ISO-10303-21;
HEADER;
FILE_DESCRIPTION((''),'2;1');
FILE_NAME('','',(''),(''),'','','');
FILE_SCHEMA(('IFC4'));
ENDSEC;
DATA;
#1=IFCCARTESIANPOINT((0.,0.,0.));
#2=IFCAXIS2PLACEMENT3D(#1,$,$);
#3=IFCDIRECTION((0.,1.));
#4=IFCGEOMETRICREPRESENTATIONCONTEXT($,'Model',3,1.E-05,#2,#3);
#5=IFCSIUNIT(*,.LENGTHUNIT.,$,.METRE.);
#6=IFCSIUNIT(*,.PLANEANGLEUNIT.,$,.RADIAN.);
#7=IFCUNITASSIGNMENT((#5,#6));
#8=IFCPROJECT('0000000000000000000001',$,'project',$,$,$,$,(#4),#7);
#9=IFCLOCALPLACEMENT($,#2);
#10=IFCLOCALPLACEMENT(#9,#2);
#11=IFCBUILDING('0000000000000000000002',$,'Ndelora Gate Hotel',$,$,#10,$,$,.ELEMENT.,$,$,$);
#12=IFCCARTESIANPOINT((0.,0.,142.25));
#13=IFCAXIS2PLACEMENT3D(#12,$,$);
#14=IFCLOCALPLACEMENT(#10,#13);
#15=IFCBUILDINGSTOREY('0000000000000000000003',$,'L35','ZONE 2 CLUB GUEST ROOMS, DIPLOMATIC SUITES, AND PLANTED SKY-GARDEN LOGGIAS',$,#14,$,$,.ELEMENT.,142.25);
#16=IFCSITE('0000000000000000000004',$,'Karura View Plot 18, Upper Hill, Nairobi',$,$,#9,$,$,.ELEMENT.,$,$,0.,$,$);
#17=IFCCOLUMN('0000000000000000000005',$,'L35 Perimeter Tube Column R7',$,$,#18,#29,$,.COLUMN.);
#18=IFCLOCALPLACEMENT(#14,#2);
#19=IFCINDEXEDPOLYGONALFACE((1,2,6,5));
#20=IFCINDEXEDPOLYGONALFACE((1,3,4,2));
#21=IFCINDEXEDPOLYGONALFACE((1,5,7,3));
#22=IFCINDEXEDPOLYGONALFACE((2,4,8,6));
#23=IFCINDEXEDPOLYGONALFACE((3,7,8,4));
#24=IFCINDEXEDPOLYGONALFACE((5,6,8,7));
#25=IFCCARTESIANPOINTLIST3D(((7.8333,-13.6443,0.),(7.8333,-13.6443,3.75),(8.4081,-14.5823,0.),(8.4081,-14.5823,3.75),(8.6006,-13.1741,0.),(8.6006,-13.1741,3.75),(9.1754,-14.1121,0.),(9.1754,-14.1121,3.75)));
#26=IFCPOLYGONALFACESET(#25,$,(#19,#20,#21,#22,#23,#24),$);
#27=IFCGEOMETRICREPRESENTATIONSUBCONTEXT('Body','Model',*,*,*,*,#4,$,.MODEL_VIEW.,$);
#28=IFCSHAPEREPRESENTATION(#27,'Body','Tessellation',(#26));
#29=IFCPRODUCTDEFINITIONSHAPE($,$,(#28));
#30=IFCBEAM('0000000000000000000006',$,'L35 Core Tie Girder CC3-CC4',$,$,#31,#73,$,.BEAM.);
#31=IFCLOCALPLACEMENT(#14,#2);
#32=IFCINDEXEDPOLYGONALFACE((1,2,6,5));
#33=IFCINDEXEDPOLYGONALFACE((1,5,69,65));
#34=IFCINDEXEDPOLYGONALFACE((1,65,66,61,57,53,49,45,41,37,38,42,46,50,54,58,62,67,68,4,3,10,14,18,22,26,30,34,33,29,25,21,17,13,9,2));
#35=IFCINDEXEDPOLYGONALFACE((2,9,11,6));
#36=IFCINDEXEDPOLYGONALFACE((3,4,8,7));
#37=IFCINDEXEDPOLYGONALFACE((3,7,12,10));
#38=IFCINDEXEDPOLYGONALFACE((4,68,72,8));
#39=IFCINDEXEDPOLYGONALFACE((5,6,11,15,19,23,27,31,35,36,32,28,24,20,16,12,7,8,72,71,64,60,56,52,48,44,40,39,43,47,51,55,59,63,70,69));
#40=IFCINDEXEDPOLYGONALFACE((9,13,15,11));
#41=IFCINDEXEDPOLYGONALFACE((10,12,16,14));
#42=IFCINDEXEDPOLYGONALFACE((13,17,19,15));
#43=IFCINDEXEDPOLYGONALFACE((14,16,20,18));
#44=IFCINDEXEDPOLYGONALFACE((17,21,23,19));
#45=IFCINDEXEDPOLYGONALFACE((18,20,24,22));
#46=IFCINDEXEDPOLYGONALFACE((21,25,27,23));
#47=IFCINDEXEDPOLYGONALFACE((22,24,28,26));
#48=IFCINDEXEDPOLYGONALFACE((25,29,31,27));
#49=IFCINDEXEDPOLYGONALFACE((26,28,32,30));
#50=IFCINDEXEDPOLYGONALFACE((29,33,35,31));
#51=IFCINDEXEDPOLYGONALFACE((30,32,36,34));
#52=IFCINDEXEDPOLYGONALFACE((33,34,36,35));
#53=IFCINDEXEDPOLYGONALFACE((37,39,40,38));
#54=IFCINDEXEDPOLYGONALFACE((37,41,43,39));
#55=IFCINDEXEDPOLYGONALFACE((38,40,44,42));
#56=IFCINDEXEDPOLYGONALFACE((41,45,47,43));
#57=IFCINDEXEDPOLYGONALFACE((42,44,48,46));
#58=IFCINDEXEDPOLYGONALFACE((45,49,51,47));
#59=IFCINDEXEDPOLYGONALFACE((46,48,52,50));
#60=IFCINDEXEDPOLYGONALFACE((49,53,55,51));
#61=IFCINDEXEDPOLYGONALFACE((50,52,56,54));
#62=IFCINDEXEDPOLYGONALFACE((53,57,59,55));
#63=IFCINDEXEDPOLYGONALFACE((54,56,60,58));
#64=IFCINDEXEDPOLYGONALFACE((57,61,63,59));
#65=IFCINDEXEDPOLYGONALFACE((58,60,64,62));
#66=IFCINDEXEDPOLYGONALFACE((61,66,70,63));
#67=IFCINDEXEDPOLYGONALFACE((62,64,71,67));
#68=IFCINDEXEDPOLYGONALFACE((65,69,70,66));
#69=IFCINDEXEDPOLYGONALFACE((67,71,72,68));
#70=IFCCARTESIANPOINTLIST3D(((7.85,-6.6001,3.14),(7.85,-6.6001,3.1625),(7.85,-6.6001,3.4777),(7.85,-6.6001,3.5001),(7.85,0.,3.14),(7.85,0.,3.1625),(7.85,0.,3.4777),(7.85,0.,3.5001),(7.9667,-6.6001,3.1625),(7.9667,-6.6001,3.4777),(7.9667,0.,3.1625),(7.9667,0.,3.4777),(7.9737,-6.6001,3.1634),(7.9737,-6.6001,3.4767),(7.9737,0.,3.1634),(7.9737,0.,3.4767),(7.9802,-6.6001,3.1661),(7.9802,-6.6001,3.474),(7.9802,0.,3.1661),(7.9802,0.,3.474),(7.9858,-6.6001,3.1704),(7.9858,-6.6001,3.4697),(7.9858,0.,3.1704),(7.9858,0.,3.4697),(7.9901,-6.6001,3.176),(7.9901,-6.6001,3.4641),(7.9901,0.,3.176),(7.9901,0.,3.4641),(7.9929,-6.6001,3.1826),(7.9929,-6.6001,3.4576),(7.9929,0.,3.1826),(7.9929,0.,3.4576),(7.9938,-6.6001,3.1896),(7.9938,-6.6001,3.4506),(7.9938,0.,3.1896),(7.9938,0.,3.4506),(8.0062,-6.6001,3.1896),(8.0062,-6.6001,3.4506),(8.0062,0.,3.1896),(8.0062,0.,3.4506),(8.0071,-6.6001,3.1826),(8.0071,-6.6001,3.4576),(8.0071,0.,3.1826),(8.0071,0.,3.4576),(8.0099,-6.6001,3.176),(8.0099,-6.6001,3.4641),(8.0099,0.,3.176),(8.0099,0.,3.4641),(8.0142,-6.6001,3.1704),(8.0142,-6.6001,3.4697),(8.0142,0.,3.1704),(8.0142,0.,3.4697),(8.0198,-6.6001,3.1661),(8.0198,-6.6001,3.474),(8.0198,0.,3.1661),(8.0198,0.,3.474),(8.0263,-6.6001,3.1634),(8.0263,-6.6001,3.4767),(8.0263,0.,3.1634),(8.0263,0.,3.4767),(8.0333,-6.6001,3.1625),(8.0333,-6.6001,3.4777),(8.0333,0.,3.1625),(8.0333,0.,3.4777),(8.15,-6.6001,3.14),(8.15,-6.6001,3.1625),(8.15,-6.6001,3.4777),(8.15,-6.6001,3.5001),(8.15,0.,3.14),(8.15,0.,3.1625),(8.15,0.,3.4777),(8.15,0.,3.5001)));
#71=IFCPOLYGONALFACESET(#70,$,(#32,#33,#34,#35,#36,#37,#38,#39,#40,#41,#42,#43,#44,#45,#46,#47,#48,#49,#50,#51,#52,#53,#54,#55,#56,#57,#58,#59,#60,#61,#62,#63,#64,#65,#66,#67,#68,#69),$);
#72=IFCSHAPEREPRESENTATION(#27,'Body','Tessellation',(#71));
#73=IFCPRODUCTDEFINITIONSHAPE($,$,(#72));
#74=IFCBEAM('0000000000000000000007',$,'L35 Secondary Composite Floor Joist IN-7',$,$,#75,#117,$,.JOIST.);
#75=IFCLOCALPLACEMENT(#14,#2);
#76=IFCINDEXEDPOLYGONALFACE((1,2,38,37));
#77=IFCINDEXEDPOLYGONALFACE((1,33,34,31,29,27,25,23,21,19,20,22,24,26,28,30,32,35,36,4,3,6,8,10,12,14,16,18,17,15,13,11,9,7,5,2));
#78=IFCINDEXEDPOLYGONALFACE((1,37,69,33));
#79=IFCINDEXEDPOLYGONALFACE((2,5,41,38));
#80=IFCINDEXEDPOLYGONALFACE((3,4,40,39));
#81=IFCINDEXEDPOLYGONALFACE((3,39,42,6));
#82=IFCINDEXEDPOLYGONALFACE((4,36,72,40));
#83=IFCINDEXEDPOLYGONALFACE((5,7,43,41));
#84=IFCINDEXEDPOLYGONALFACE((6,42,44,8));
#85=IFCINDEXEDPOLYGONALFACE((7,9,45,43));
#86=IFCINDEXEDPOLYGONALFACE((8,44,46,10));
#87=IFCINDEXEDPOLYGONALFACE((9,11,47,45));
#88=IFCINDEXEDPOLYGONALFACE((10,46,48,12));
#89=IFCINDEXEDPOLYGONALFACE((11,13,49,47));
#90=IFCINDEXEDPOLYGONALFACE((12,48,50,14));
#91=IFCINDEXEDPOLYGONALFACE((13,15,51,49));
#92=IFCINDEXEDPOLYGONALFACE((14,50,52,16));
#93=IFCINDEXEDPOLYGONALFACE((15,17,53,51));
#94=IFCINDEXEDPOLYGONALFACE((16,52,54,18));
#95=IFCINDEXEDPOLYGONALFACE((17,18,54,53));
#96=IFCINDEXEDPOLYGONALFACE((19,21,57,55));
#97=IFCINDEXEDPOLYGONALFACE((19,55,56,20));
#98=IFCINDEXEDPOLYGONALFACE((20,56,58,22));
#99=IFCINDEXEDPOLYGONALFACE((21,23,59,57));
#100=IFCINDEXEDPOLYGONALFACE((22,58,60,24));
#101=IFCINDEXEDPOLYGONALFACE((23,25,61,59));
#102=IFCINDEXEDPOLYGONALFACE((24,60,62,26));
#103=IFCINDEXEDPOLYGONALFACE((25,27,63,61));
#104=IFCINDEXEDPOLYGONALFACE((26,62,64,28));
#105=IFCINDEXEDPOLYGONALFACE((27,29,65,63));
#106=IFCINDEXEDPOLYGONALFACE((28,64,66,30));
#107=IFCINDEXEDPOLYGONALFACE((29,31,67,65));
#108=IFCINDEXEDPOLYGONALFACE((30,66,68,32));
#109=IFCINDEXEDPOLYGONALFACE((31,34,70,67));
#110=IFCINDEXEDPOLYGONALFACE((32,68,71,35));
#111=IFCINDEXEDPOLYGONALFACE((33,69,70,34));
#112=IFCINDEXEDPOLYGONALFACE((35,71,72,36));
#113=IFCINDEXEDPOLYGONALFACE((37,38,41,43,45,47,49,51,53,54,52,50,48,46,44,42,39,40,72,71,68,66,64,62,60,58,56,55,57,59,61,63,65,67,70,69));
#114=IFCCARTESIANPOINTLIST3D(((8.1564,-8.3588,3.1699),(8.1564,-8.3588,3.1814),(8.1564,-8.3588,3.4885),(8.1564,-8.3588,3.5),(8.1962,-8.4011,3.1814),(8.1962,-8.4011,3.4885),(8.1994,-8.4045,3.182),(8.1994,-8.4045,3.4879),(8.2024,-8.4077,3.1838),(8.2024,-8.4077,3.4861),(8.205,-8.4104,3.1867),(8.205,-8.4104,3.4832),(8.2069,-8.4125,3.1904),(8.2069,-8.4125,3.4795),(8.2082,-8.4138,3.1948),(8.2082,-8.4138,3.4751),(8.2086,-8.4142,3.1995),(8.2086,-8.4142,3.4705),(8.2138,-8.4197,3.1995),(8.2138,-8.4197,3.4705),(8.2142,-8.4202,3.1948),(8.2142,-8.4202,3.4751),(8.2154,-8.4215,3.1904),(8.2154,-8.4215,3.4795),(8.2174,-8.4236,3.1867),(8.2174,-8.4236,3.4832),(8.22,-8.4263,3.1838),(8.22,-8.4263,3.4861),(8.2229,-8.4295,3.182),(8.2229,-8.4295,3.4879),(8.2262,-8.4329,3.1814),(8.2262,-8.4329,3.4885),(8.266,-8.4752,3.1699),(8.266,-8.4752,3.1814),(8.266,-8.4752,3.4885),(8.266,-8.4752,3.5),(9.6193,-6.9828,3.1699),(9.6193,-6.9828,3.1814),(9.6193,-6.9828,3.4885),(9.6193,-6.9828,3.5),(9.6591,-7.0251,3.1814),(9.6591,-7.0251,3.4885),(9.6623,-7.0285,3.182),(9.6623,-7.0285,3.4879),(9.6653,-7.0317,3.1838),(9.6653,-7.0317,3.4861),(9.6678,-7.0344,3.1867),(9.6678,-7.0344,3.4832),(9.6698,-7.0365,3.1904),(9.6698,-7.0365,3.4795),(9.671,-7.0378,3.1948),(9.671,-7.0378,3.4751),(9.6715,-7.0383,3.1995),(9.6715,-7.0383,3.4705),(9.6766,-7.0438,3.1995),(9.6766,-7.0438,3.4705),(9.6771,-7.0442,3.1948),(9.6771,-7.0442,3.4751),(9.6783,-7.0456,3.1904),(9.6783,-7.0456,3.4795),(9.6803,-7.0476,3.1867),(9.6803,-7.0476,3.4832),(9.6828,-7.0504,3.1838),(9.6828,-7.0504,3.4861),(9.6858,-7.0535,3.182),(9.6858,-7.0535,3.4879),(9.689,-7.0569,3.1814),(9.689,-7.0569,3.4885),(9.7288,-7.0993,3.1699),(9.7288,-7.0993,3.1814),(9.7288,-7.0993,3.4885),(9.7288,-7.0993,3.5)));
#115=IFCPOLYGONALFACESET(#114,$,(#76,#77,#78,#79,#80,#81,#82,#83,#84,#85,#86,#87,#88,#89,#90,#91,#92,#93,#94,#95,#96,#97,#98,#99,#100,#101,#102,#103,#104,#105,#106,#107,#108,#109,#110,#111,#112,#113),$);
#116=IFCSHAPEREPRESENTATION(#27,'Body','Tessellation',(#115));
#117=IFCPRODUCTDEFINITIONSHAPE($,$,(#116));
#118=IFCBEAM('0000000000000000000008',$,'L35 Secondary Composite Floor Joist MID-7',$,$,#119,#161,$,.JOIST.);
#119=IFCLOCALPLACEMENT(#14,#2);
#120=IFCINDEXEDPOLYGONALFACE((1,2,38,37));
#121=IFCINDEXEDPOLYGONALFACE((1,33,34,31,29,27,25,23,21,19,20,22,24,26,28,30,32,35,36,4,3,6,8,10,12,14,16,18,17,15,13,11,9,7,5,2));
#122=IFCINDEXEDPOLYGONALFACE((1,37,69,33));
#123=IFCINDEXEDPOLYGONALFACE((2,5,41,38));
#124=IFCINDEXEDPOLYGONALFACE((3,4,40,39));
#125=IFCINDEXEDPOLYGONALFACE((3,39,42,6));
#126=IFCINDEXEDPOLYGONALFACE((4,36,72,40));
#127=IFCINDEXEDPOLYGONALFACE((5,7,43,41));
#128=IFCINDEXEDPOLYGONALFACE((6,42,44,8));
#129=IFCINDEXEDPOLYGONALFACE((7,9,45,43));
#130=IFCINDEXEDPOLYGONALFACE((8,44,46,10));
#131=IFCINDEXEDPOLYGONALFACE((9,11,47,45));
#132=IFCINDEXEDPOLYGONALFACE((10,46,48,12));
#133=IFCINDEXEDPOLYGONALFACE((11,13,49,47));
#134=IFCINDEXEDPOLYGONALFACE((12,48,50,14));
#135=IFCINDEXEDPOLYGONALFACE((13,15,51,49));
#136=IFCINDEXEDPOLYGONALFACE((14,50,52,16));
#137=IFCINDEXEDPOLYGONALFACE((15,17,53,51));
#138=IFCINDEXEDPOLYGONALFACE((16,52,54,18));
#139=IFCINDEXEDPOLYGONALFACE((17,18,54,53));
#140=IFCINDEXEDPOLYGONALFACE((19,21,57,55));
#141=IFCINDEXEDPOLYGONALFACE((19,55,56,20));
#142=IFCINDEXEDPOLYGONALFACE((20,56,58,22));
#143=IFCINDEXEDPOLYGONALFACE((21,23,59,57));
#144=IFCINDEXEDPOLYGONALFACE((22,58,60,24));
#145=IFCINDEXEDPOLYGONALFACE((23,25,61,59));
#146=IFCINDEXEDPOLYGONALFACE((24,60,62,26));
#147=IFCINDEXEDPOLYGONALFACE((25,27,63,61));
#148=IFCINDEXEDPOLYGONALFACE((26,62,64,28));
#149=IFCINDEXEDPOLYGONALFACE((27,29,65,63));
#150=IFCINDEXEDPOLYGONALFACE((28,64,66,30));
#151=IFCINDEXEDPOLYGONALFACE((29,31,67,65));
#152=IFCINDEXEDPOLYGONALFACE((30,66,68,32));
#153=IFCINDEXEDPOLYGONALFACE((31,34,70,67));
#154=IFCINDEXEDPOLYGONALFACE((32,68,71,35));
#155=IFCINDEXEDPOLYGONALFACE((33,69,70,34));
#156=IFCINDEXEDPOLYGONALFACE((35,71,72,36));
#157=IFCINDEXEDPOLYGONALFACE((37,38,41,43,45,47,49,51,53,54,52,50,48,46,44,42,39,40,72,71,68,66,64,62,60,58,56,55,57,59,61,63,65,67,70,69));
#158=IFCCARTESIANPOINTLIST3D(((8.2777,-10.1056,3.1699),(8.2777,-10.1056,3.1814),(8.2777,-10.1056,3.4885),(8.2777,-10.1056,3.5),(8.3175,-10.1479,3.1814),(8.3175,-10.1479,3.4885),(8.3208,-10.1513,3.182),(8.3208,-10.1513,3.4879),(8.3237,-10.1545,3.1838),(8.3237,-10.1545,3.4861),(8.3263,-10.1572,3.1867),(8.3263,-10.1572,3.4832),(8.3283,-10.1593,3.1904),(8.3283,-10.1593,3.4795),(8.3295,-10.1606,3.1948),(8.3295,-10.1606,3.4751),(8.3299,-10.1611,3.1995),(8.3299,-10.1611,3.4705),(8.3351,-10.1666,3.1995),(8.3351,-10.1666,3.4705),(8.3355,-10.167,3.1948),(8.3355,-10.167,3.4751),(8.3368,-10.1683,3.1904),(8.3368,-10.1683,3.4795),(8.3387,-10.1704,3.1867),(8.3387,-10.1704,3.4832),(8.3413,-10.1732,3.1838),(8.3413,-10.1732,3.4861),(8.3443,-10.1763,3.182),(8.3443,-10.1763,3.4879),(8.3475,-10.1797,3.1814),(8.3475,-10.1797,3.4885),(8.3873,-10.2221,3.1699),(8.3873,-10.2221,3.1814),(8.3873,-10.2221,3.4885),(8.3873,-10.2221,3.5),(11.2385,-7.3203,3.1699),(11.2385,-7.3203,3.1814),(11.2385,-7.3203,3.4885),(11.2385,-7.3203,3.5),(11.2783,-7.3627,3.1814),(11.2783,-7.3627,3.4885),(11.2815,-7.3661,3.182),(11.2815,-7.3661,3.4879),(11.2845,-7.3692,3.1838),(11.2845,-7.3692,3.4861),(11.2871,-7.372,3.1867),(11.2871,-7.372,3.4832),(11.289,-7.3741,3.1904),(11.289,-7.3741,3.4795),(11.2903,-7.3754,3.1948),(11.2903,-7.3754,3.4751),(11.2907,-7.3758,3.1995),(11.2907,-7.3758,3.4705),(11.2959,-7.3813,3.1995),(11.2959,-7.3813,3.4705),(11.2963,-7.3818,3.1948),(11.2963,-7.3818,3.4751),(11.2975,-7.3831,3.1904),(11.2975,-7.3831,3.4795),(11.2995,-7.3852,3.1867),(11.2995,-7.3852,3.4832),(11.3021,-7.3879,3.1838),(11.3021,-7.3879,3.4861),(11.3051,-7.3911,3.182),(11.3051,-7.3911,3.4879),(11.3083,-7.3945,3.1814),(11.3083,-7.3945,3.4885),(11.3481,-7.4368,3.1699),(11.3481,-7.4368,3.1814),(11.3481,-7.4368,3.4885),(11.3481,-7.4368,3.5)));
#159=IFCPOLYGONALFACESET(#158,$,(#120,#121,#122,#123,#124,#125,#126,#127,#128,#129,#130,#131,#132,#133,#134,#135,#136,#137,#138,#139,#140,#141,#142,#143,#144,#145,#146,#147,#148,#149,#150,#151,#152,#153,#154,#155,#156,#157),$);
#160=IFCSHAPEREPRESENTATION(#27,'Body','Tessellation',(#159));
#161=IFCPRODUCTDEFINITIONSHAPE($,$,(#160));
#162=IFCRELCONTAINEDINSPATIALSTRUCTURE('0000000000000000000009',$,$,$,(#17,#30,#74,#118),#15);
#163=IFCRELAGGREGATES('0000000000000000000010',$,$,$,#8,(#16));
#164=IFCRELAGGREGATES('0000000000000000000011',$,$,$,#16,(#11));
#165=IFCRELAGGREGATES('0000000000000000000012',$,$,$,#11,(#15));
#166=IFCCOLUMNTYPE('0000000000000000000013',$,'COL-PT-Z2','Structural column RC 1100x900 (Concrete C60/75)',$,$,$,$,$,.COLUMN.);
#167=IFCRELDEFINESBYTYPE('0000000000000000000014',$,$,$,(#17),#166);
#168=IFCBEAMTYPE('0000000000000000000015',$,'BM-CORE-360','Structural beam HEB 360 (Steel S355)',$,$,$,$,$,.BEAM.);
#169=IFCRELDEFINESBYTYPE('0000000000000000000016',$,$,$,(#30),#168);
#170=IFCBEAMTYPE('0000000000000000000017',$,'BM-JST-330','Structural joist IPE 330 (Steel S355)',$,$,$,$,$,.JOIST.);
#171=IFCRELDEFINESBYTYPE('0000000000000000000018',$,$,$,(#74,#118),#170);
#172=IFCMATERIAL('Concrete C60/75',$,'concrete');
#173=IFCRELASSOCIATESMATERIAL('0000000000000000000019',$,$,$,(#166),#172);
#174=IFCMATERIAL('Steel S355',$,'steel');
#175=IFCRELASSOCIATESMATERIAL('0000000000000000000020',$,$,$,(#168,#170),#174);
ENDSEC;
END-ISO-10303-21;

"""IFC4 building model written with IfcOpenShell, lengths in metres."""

from ifc_helpers import new_model, si_unit, direction, frame, origin, origin_2d, place, context, subcontext, project, spatial, rectangle, i_section, extrude, material, material_profile, profile_set, type_object, element, save


model = new_model("IFC4")

# Units and contexts
model_context = context("Model", 3, precision=1e-05, world=origin(), true_north=direction((0.0, 1.0)))
body_context = subcontext(model_context, "Body", "Model", "MODEL_VIEW")
ifc_project = project(units=[si_unit("LENGTHUNIT", "METRE"), si_unit("PLANEANGLEUNIT", "RADIAN")], contexts=[model_context])

# Site, building, storey
site_placement = place(None, origin())
site = spatial("IfcSite", under=ifc_project, at=site_placement, Name="Karura View Plot 18, Upper Hill, Nairobi", CompositionType="ELEMENT", RefElevation=0.0)
building_placement = place(site_placement, origin())
building = spatial("IfcBuilding", under=site, at=building_placement, Name="Ndelora Gate Hotel", CompositionType="ELEMENT")
storey_placement = place(building_placement, frame((0.0, 0.0, 142.25)))
storey = spatial("IfcBuildingStorey", under=building, at=storey_placement, Name="L35", Description="ZONE 2 CLUB GUEST ROOMS, DIPLOMATIC SUITES, AND PLANTED SKY-GARDEN LOGGIAS", CompositionType="ELEMENT", Elevation=142.25)

# Column
ifc_material_1 = material(Name="Concrete C60/75", Category="concrete")
ifc_material_profile_1 = material_profile(ifc_material_1, rectangle(XDim=0.8999, YDim=1.1001, at=origin_2d()), Name="RC 1100x900")
ifc_profile_set_1 = profile_set([ifc_material_profile_1], Name="Concrete C60/75")
column_type = type_object("IfcColumnType", Name="COL-PT-Z2", Description="Structural column RC 1100x900 (Concrete C60/75)", PredefinedType="COLUMN", material=ifc_profile_set_1)
column_placement = place(storey_placement, frame((8.5044, -13.8782, 0.0), z_axis=(0.0, 0.0, 1.0), x_axis=(0.85264, 0.522499, 0.0)))
element("IfcColumn", 1, at=column_placement, inside=storey, type_object=column_type, Name="L35 Perimeter Tube Column R7", PredefinedType="COLUMN", context=body_context, shape_type="SweptSolid", body=[
    extrude(rectangle(XDim=0.8999, YDim=1.1001, at=origin_2d()), origin(), (0.0, 0.0, 1.0), 3.75),
])

# Beams
ifc_material_2 = material(Name="Steel S355", Category="steel")
ifc_material_profile_2 = material_profile(ifc_material_2, i_section(OverallWidth=0.3, OverallDepth=0.3601, WebThickness=0.0125, FlangeThickness=0.0225, FilletRadius=0.0271, at=origin_2d()), Name="HEB 360")
ifc_profile_set_2 = profile_set([ifc_material_profile_2], Name="Steel S355")
beam_type_1 = type_object("IfcBeamType", Name="BM-CORE-360", Description="Structural beam HEB 360 (Steel S355)", PredefinedType="BEAM", material=ifc_profile_set_2)
beam_1_placement = place(storey_placement, frame((8.0, -6.6001, 3.3201), z_axis=(0.0, 1.0, 0.0), x_axis=(-1.0, 0.0, 0.0)))
element("IfcBeam", 2, at=beam_1_placement, inside=storey, type_object=beam_type_1, Name="L35 Core Tie Girder CC3-CC4", PredefinedType="BEAM", context=body_context, shape_type="SweptSolid", body=[
    extrude(i_section(OverallWidth=0.3, OverallDepth=0.3601, WebThickness=0.0125, FlangeThickness=0.0225, FilletRadius=0.0271, at=origin_2d()), origin(), (0.0, 0.0, 1.0), 6.6001),
])
ifc_material_profile_3 = material_profile(ifc_material_2, i_section(OverallWidth=0.1599, OverallDepth=0.3301, WebThickness=0.0076, FlangeThickness=0.0115, FilletRadius=0.0181, at=origin_2d()), Name="IPE 330")
ifc_profile_set_3 = profile_set([ifc_material_profile_3], Name="Steel S355")
beam_type_2 = type_object("IfcBeamType", Name="BM-JST-330", Description="Structural joist IPE 330 (Steel S355)", PredefinedType="JOIST", material=ifc_profile_set_3)
beam_2_placement = place(storey_placement, frame((8.2112, -8.417, 3.335), z_axis=(0.728414, 0.685137, 0.0), x_axis=(-0.685137, 0.728414, 0.0)))
element("IfcBeam", 3, at=beam_2_placement, inside=storey, type_object=beam_type_2, Name="L35 Secondary Composite Floor Joist IN-7", PredefinedType="JOIST", context=body_context, shape_type="SweptSolid", body=[
    extrude(i_section(OverallWidth=0.1599, OverallDepth=0.3301, WebThickness=0.0076, FlangeThickness=0.0115, FilletRadius=0.0181, at=origin_2d()), origin(), (0.0, 0.0, 1.0), 2.0083),
])
beam_3_placement = place(storey_placement, frame((8.3325, -10.1638, 3.335), z_axis=(0.728369, 0.685185, 0.0), x_axis=(-0.685185, 0.728369, 0.0)))
element("IfcBeam", 4, at=beam_3_placement, inside=storey, type_object=beam_type_2, Name="L35 Secondary Composite Floor Joist MID-7", PredefinedType="JOIST", context=body_context, shape_type="SweptSolid", body=[
    extrude(i_section(OverallWidth=0.1599, OverallDepth=0.3301, WebThickness=0.0076, FlangeThickness=0.0115, FilletRadius=0.0181, at=origin_2d()), origin(), (0.0, 0.0, 1.0), 4.0649),
])

save(model, "model.ifc")
